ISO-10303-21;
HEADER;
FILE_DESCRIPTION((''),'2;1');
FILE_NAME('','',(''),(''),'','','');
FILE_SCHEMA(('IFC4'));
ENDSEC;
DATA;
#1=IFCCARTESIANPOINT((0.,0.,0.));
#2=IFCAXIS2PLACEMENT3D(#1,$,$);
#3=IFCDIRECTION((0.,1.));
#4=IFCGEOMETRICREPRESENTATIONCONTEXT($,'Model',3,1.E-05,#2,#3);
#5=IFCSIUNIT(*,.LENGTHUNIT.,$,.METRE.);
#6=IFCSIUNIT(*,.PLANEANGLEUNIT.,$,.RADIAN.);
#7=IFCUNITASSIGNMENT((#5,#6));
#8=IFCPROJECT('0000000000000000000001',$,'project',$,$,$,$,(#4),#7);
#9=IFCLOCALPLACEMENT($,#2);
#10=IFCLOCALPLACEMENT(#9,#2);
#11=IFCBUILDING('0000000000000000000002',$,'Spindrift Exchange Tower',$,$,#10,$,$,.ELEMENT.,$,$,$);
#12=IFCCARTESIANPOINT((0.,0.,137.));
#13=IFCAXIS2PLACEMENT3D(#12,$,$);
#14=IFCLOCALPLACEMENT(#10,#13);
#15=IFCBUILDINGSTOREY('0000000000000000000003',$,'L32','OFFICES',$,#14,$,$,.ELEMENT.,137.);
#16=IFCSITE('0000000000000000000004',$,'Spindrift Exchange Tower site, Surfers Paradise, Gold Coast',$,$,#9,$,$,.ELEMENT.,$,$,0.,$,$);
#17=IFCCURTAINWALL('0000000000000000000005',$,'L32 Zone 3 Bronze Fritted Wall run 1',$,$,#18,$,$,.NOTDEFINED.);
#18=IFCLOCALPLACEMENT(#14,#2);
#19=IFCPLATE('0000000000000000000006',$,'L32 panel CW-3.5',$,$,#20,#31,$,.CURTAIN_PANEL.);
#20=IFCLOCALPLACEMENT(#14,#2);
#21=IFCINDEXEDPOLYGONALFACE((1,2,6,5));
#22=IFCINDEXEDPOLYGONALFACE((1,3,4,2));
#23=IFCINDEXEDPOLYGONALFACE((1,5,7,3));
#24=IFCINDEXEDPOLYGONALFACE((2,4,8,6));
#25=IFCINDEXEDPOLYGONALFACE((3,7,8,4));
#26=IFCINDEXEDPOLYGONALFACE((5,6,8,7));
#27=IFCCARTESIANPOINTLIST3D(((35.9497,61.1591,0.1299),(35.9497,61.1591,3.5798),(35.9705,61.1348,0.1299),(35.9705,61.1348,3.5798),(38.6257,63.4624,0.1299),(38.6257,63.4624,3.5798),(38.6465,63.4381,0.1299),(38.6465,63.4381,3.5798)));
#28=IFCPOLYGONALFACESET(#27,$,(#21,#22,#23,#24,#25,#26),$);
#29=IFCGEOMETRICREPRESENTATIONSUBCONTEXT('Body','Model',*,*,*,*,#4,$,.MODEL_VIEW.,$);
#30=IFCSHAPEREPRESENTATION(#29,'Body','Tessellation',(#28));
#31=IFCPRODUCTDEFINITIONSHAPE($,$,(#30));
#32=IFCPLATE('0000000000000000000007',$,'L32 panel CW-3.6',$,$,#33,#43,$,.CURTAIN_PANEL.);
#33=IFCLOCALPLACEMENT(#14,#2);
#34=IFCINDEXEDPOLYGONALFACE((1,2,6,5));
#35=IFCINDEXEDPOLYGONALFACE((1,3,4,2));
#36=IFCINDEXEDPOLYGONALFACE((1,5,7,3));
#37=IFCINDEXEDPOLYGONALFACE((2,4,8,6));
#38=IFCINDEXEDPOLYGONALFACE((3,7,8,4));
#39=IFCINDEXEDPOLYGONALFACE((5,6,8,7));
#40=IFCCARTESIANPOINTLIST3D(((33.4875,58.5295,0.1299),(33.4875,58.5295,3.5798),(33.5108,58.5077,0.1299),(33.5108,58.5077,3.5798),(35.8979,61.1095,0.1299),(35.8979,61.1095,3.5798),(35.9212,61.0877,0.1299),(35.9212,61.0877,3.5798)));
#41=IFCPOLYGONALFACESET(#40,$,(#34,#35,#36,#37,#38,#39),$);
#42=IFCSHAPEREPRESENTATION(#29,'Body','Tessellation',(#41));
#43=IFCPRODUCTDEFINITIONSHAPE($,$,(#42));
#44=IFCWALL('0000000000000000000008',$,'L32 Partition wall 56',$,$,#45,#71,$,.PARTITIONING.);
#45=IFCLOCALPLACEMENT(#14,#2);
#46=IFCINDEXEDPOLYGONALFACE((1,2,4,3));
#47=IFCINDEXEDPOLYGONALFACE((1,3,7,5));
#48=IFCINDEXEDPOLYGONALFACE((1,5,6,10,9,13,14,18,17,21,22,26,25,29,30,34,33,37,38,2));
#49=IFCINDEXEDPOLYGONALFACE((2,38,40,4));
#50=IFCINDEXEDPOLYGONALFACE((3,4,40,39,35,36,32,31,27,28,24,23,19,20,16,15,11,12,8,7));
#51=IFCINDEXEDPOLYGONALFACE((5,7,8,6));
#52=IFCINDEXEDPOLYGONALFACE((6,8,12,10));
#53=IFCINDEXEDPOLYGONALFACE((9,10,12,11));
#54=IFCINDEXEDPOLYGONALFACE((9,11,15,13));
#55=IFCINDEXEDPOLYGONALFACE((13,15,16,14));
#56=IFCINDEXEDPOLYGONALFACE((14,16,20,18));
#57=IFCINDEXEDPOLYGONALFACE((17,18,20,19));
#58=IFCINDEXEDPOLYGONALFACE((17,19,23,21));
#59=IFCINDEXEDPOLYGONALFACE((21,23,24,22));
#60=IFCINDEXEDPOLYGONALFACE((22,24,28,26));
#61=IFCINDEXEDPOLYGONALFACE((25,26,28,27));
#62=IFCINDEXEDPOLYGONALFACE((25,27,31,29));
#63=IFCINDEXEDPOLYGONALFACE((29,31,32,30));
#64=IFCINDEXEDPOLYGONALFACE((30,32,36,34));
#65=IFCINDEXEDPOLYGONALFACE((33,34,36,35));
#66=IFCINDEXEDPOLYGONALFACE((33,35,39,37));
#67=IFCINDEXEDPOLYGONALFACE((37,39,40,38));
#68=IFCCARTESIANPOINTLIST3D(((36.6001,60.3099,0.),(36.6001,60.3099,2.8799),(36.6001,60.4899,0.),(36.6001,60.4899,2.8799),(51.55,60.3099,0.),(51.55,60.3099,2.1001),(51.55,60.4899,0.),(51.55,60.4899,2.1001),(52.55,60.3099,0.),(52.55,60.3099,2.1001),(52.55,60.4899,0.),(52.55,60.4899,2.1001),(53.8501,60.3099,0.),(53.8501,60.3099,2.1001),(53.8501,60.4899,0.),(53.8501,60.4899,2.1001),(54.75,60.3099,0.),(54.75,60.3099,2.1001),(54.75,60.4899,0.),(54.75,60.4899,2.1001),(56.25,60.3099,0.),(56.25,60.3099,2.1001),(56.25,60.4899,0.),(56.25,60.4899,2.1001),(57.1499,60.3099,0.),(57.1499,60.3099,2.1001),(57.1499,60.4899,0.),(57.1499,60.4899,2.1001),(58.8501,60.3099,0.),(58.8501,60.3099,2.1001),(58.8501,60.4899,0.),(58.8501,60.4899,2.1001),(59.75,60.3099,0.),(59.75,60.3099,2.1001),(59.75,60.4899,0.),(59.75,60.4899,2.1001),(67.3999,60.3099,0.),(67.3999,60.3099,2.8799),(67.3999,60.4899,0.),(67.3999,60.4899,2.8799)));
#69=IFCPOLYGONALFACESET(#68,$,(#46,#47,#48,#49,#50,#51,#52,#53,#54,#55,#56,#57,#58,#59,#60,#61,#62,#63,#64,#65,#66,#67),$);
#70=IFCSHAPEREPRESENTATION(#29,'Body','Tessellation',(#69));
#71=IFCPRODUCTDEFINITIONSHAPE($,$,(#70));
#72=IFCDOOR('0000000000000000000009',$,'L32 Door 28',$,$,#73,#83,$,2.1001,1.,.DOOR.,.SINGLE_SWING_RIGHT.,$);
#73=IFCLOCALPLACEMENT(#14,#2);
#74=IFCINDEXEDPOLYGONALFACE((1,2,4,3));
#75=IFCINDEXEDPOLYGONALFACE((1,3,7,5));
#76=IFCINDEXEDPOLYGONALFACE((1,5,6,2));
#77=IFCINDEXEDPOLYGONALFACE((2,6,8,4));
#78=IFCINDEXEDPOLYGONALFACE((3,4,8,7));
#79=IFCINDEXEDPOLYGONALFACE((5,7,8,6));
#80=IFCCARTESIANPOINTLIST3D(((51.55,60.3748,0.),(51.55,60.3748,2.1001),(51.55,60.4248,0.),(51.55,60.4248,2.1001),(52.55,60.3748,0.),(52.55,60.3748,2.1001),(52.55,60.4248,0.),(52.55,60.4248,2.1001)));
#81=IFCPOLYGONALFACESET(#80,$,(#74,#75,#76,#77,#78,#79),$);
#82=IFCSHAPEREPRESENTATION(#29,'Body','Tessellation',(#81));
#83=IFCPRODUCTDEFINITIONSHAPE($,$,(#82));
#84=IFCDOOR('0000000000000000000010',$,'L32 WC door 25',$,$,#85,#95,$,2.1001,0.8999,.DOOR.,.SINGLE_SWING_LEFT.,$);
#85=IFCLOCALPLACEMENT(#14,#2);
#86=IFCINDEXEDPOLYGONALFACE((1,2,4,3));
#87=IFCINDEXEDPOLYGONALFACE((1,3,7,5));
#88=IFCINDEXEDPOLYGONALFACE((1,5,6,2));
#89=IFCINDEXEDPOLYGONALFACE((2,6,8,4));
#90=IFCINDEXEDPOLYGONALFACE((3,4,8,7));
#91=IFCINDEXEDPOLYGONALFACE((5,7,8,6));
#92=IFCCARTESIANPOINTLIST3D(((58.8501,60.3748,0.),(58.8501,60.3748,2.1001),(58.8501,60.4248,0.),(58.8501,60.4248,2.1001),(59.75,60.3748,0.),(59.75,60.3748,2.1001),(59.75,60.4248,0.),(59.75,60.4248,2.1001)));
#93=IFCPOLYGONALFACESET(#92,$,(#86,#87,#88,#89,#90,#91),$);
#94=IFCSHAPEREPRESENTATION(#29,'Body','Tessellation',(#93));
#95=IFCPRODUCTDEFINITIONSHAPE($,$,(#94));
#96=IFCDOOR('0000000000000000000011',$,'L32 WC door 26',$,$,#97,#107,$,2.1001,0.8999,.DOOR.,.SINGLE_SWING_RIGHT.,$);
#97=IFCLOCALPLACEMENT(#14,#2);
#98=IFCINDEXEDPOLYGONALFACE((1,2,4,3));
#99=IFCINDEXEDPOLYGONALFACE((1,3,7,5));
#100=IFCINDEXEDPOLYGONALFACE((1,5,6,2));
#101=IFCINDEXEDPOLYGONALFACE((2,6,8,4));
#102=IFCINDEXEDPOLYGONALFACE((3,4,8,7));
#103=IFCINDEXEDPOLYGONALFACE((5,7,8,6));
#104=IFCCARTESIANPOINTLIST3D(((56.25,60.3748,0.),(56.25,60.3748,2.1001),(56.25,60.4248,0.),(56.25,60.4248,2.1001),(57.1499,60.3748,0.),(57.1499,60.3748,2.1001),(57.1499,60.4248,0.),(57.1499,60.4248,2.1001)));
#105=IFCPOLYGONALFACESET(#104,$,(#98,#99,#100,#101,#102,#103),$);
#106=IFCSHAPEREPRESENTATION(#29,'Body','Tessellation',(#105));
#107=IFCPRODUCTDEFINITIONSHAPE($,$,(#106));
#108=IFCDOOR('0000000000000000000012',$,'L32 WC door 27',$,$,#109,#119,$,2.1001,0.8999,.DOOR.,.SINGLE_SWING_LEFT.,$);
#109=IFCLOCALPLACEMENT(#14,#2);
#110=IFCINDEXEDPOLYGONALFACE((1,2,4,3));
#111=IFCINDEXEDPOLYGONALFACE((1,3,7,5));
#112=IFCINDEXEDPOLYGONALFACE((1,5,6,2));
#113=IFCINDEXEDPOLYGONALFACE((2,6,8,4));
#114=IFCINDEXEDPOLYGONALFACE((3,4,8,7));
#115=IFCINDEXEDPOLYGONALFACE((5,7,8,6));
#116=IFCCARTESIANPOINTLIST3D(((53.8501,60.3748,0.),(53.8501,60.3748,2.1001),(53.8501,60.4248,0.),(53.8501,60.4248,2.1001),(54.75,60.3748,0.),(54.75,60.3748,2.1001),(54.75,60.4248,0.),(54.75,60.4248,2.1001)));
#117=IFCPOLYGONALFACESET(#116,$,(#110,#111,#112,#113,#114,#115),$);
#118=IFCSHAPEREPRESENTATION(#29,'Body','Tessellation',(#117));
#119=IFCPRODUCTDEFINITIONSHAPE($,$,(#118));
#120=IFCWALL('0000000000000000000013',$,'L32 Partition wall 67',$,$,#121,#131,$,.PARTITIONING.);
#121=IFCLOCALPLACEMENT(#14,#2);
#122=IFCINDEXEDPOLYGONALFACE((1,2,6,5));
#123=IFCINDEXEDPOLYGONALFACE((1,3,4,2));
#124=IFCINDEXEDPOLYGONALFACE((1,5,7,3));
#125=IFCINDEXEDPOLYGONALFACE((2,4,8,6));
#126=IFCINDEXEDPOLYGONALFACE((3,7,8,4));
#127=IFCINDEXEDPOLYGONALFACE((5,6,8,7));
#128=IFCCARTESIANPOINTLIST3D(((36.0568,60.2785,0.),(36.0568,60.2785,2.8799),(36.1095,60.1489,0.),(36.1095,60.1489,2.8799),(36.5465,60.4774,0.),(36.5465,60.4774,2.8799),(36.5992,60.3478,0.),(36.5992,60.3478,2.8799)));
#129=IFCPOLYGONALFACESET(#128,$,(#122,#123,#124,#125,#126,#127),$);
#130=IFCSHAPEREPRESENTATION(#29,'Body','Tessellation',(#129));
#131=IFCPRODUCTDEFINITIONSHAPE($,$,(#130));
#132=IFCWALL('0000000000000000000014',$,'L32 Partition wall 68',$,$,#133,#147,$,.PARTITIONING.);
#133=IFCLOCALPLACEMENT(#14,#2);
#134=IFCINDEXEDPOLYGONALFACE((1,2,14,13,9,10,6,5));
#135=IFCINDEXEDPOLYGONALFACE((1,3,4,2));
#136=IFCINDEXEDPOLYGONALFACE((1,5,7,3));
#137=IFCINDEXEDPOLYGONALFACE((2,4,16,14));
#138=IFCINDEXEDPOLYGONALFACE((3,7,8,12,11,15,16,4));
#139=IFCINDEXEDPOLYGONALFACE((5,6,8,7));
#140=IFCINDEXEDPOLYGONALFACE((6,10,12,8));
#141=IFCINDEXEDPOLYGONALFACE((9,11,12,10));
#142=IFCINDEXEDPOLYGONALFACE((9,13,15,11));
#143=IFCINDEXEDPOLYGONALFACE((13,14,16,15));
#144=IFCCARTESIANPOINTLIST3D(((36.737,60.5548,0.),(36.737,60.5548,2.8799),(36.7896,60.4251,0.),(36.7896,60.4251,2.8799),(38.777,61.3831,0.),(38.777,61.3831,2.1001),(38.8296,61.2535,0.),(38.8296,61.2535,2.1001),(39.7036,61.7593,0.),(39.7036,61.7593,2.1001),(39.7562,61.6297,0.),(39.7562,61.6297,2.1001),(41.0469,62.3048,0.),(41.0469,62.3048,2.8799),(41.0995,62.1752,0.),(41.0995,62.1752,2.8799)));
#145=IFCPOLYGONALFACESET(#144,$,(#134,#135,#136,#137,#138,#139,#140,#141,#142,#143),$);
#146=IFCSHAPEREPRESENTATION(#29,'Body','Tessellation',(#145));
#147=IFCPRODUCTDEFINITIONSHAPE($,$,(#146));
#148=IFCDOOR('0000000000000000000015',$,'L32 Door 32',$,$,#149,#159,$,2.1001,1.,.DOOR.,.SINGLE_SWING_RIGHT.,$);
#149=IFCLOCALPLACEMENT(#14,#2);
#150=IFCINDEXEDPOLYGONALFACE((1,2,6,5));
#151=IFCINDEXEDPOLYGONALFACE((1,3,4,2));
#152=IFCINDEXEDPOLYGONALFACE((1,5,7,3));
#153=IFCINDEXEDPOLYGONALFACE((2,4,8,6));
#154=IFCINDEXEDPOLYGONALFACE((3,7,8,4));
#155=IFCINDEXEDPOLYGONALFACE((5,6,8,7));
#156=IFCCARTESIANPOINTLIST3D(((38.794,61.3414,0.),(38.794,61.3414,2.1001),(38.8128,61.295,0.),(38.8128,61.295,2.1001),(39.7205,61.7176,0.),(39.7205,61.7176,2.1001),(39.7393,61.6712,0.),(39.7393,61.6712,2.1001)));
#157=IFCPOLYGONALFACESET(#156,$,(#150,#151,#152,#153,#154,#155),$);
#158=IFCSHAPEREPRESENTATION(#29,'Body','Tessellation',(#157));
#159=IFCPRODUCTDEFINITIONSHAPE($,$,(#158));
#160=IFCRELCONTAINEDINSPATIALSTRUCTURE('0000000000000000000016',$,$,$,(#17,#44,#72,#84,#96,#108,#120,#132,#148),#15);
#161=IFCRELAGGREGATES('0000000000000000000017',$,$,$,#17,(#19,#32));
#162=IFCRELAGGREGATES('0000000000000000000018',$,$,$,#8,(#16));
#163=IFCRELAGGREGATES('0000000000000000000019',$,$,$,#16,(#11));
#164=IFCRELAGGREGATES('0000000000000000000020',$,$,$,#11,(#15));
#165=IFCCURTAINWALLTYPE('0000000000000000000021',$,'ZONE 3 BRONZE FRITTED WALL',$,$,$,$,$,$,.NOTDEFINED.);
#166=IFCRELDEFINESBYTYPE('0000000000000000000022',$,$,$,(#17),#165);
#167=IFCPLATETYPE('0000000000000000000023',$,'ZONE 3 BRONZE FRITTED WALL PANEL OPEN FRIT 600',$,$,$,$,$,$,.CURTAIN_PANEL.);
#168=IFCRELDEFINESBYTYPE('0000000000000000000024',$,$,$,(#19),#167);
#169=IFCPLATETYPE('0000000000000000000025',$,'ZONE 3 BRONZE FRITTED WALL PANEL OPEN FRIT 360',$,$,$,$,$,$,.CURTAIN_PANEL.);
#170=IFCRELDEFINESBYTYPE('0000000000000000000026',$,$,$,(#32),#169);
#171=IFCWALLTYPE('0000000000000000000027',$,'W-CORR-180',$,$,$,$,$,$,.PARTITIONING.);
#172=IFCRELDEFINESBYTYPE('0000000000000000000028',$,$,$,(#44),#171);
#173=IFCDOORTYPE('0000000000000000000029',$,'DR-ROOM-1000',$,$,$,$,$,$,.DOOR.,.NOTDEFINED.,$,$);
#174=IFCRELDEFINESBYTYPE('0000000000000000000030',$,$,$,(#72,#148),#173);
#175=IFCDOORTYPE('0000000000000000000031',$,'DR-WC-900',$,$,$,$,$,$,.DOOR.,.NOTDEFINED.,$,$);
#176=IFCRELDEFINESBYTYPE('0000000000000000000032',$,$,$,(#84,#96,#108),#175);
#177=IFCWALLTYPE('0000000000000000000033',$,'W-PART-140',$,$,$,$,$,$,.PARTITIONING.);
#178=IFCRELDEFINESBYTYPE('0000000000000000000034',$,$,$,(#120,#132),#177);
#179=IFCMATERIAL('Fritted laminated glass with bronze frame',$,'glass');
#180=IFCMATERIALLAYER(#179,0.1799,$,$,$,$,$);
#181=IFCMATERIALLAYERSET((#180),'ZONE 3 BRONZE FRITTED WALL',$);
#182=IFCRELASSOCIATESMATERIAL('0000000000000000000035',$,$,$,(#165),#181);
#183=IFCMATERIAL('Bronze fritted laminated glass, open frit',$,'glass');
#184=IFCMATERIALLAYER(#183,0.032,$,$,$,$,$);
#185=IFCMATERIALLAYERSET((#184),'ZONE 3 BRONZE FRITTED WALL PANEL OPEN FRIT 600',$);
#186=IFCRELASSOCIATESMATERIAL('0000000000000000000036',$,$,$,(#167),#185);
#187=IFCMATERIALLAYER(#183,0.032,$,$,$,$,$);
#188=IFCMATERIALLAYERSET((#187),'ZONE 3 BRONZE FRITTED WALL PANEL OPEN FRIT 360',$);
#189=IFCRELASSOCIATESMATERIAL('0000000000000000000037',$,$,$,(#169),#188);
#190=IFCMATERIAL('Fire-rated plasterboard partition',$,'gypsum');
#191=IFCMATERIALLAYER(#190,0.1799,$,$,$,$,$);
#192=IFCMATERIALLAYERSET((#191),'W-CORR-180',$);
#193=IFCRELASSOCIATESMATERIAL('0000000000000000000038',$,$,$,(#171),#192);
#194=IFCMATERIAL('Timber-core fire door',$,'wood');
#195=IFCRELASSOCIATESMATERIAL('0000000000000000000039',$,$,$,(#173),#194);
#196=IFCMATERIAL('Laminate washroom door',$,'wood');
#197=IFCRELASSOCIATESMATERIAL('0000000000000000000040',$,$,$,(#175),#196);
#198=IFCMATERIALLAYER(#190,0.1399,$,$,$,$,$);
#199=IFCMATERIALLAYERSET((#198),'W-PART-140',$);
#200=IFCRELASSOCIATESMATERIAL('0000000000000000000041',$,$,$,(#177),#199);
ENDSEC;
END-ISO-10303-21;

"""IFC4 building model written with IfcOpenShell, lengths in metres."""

from ifc_helpers import new_model, si_unit, direction, frame, frame_2d, origin, origin_2d, place, context, subcontext, project, spatial, rectangle, extrude, source, transform, mapped, material, layer, layer_set, type_object, element, fill, aggregate, save


model = new_model("IFC4")

# Units and contexts
model_context = context("Model", 3, precision=1e-05, world=origin(), true_north=direction((0.0, 1.0)))
body_context = subcontext(model_context, "Body", "Model", "MODEL_VIEW")
ifc_project = project(units=[si_unit("LENGTHUNIT", "METRE"), si_unit("PLANEANGLEUNIT", "RADIAN")], contexts=[model_context])

# Site, building, storey
site_placement = place(None, origin())
site = spatial("IfcSite", under=ifc_project, at=site_placement, Name="Spindrift Exchange Tower site, Surfers Paradise, Gold Coast", CompositionType="ELEMENT", RefElevation=0.0)
building_placement = place(site_placement, origin())
building = spatial("IfcBuilding", under=site, at=building_placement, Name="Spindrift Exchange Tower", CompositionType="ELEMENT")
storey_placement = place(building_placement, frame((0.0, 0.0, 137.0)))
storey = spatial("IfcBuildingStorey", under=building, at=storey_placement, Name="L32", Description="OFFICES", CompositionType="ELEMENT", Elevation=137.0)

# Curtain wall
ifc_material_1 = material(Name="Fritted laminated glass with bronze frame", Category="glass")
ifc_layer_1 = layer(ifc_material_1, 0.1799)
ifc_layer_set_1 = layer_set([ifc_layer_1], Name="ZONE 3 BRONZE FRITTED WALL")
curtain_wall_type = type_object("IfcCurtainWallType", Name="ZONE 3 BRONZE FRITTED WALL", PredefinedType="NOTDEFINED", material=ifc_layer_set_1)
curtain_wall_1_placement = place(storey_placement, origin())
curtain_wall_1 = element("IfcCurtainWall", 1, at=curtain_wall_1_placement, inside=storey, type_object=curtain_wall_type, Name="L32 Zone 3 Bronze Fritted Wall run 1", PredefinedType="NOTDEFINED")

# Plates
ifc_material_2 = material(Name="Bronze fritted laminated glass, open frit", Category="glass")
ifc_layer_2 = layer(ifc_material_2, 0.032)
ifc_layer_set_2 = layer_set([ifc_layer_2], Name="ZONE 3 BRONZE FRITTED WALL PANEL OPEN FRIT 600")
plate_type_1 = type_object("IfcPlateType", Name="ZONE 3 BRONZE FRITTED WALL PANEL OPEN FRIT 600", PredefinedType="CURTAIN_PANEL", material=ifc_layer_set_2)
shared_shape_1 = source(origin(), body_context, "Body", "SweptSolid", [
    extrude(rectangle(XDim=3.5308, YDim=0.032, at=origin_2d()), origin(), (0.0, 0.0, 1.0), 3.45),
])
plate_1_placement = place(storey_placement, frame((37.2981, 62.2986, 0.1299), z_axis=(0.0, 0.0, 1.0), x_axis=(-0.757915, -0.652354, 0.0)))
plate_1 = element("IfcPlate", 2, at=plate_1_placement, type_object=plate_type_1, Name="L32 panel CW-3.5", PredefinedType="CURTAIN_PANEL", context=body_context, shape_type="MappedRepresentation", body=[
    mapped(shared_shape_1, transform((0.0, 0.0, 0.0), scale=1.0)),
])
ifc_layer_3 = layer(ifc_material_2, 0.032)
ifc_layer_set_3 = layer_set([ifc_layer_3], Name="ZONE 3 BRONZE FRITTED WALL PANEL OPEN FRIT 360")
plate_type_2 = type_object("IfcPlateType", Name="ZONE 3 BRONZE FRITTED WALL PANEL OPEN FRIT 360", PredefinedType="CURTAIN_PANEL", material=ifc_layer_set_3)
shared_shape_2 = source(origin(), body_context, "Body", "SweptSolid", [
    extrude(rectangle(XDim=3.5308, YDim=0.032, at=origin_2d()), origin(), (0.0, 0.0, 1.0), 3.45),
])
plate_2_placement = place(storey_placement, frame((34.7043, 59.8086, 0.1299), z_axis=(0.0, 0.0, 1.0), x_axis=(-0.68269, -0.730708, 0.0)))
plate_2 = element("IfcPlate", 3, at=plate_2_placement, type_object=plate_type_2, Name="L32 panel CW-3.6", PredefinedType="CURTAIN_PANEL", context=body_context, shape_type="MappedRepresentation", body=[
    mapped(shared_shape_2, transform((0.0, 0.0, 0.0), scale=1.0)),
])
aggregate(curtain_wall_1, [plate_1, plate_2])

# Wall, openings, doors
ifc_material_3 = material(Name="Fire-rated plasterboard partition", Category="gypsum")
ifc_layer_4 = layer(ifc_material_3, 0.1799)
ifc_layer_set_4 = layer_set([ifc_layer_4], Name="W-CORR-180")
wall_type_1 = type_object("IfcWallType", Name="W-CORR-180", PredefinedType="PARTITIONING", material=ifc_layer_set_4)
wall_1_placement = place(storey_placement, frame((36.6001, 60.3999, 0.0), z_axis=(0.0, 0.0, 1.0), x_axis=(1.0, 0.0, 0.0)))
wall_1 = element("IfcWall", 4, at=wall_1_placement, inside=storey, type_object=wall_type_1, Name="L32 Partition wall 56", PredefinedType="PARTITIONING", context=body_context, shape_type="SweptSolid", body=[
    extrude(rectangle(XDim=30.7998, YDim=0.1799, at=frame_2d((15.3999, 0.0))), origin(), (0.0, 0.0, 1.0), 2.8799),
])
opening_1_placement = place(wall_1_placement, frame((22.25, 0.0, 0.0)))
opening_1 = element("IfcOpeningElement", 5, at=opening_1_placement, cuts=wall_1, PredefinedType="OPENING", context=body_context, shape_type="SweptSolid", body=[
    extrude(rectangle(XDim=0.8999, YDim=2.1001, at=frame_2d((0.45, 1.05))), frame((0.0, 0.0999, 0.0), z_axis=(0.0, -1.0, 0.0), x_axis=(1.0, 0.0, 0.0)), (0.0, 0.0, 1.0), 0.2),
])
opening_2_placement = place(wall_1_placement, frame((19.6499, 0.0, 0.0)))
opening_2 = element("IfcOpeningElement", 6, at=opening_2_placement, cuts=wall_1, PredefinedType="OPENING", context=body_context, shape_type="SweptSolid", body=[
    extrude(rectangle(XDim=0.8999, YDim=2.1001, at=frame_2d((0.45, 1.05))), frame((0.0, 0.0999, 0.0), z_axis=(0.0, -1.0, 0.0), x_axis=(1.0, 0.0, 0.0)), (0.0, 0.0, 1.0), 0.2),
])
opening_3_placement = place(wall_1_placement, frame((17.25, 0.0, 0.0)))
opening_3 = element("IfcOpeningElement", 7, at=opening_3_placement, cuts=wall_1, PredefinedType="OPENING", context=body_context, shape_type="SweptSolid", body=[
    extrude(rectangle(XDim=0.8999, YDim=2.1001, at=frame_2d((0.45, 1.05))), frame((0.0, 0.0999, 0.0), z_axis=(0.0, -1.0, 0.0), x_axis=(1.0, 0.0, 0.0)), (0.0, 0.0, 1.0), 0.2),
])
opening_4_placement = place(wall_1_placement, frame((14.95, 0.0, 0.0)))
opening_4 = element("IfcOpeningElement", 8, at=opening_4_placement, cuts=wall_1, PredefinedType="OPENING", context=body_context, shape_type="SweptSolid", body=[
    extrude(rectangle(XDim=1.0, YDim=2.1001, at=frame_2d((0.5, 1.05))), frame((0.0, 0.0999, 0.0), z_axis=(0.0, -1.0, 0.0), x_axis=(1.0, 0.0, 0.0)), (0.0, 0.0, 1.0), 0.2),
])
ifc_material_4 = material(Name="Timber-core fire door", Category="wood")
door_type_1 = type_object("IfcDoorType", Name="DR-ROOM-1000", OperationType="NOTDEFINED", PredefinedType="DOOR", material=ifc_material_4)
shared_shape_3 = source(origin(), body_context, "Body", "SweptSolid", [
    extrude(rectangle(XDim=1.0, YDim=2.1001, at=frame_2d((0.5, 1.05))), frame((0.0, 0.0249, 0.0), z_axis=(0.0, -1.0, 0.0), x_axis=(1.0, 0.0, 0.0)), (0.0, 0.0, 1.0), 0.05),
])
door_1_placement = place(opening_4_placement, origin())
door_1 = element("IfcDoor", 9, at=door_1_placement, inside=storey, type_object=door_type_1, Name="L32 Door 28", OperationType="SINGLE_SWING_RIGHT", OverallHeight=2.1001, OverallWidth=1.0, PredefinedType="DOOR", context=body_context, shape_type="MappedRepresentation", body=[
    mapped(shared_shape_3, transform((0.0, 0.0, 0.0), scale=1.0)),
])
fill(opening_4, door_1)
ifc_material_5 = material(Name="Laminate washroom door", Category="wood")
door_type_2 = type_object("IfcDoorType", Name="DR-WC-900", OperationType="NOTDEFINED", PredefinedType="DOOR", material=ifc_material_5)
shared_shape_4 = source(origin(), body_context, "Body", "SweptSolid", [
    extrude(rectangle(XDim=0.8999, YDim=2.1001, at=frame_2d((0.45, 1.05))), frame((0.0, 0.0249, 0.0), z_axis=(0.0, -1.0, 0.0), x_axis=(1.0, 0.0, 0.0)), (0.0, 0.0, 1.0), 0.05),
])
door_2_placement = place(opening_1_placement, origin())
door_2 = element("IfcDoor", 10, at=door_2_placement, inside=storey, type_object=door_type_2, Name="L32 WC door 25", OperationType="SINGLE_SWING_LEFT", OverallHeight=2.1001, OverallWidth=0.8999, PredefinedType="DOOR", context=body_context, shape_type="MappedRepresentation", body=[
    mapped(shared_shape_4, transform((0.0, 0.0, 0.0), scale=1.0)),
])
fill(opening_1, door_2)
door_3_placement = place(opening_2_placement, origin())
door_3 = element("IfcDoor", 11, at=door_3_placement, inside=storey, type_object=door_type_2, Name="L32 WC door 26", OperationType="SINGLE_SWING_RIGHT", OverallHeight=2.1001, OverallWidth=0.8999, PredefinedType="DOOR", context=body_context, shape_type="MappedRepresentation", body=[
    mapped(shared_shape_4, transform((0.0, 0.0, 0.0), scale=1.0)),
])
fill(opening_2, door_3)
door_4_placement = place(opening_3_placement, origin())
door_4 = element("IfcDoor", 12, at=door_4_placement, inside=storey, type_object=door_type_2, Name="L32 WC door 27", OperationType="SINGLE_SWING_LEFT", OverallHeight=2.1001, OverallWidth=0.8999, PredefinedType="DOOR", context=body_context, shape_type="MappedRepresentation", body=[
    mapped(shared_shape_4, transform((0.0, 0.0, 0.0), scale=1.0)),
])
fill(opening_3, door_4)

# Wall
ifc_layer_5 = layer(ifc_material_3, 0.1399)
ifc_layer_set_5 = layer_set([ifc_layer_5], Name="W-PART-140")
wall_type_2 = type_object("IfcWallType", Name="W-PART-140", PredefinedType="PARTITIONING", material=ifc_layer_set_5)
wall_2_placement = place(storey_placement, frame((36.5728, 60.4126, 0.0), z_axis=(0.0, 0.0, 1.0), x_axis=(-0.926457, -0.376402, 0.0)))
element("IfcWall", 13, at=wall_2_placement, inside=storey, type_object=wall_type_2, Name="L32 Partition wall 67", PredefinedType="PARTITIONING", context=body_context, shape_type="SweptSolid", body=[
    extrude(rectangle(XDim=0.5286, YDim=0.1399, at=frame_2d((0.2642, 0.0))), origin(), (0.0, 0.0, 1.0), 2.8799),
])

# Wall, opening, door
wall_3_placement = place(storey_placement, frame((36.7634, 60.49, 0.0), z_axis=(0.0, 0.0, 1.0), x_axis=(0.926531, 0.376218, 0.0)))
wall_3 = element("IfcWall", 14, at=wall_3_placement, inside=storey, type_object=wall_type_2, Name="L32 Partition wall 68", PredefinedType="PARTITIONING", context=body_context, shape_type="SweptSolid", body=[
    extrude(rectangle(XDim=4.6516, YDim=0.1399, at=frame_2d((2.3257, 0.0))), origin(), (0.0, 0.0, 1.0), 2.8799),
])
opening_5_placement = place(wall_3_placement, frame((2.2017, 0.0, 0.0)))
opening_5 = element("IfcOpeningElement", 15, at=opening_5_placement, cuts=wall_3, PredefinedType="OPENING", context=body_context, shape_type="SweptSolid", body=[
    extrude(rectangle(XDim=1.0, YDim=2.1001, at=frame_2d((0.5, 1.05))), frame((0.0, 0.0798, 0.0), z_axis=(0.0, -1.0, 0.0), x_axis=(1.0, 0.0, 0.0)), (0.0, 0.0, 1.0), 0.1599),
])
door_5_placement = place(opening_5_placement, origin())
door_5 = element("IfcDoor", 16, at=door_5_placement, inside=storey, type_object=door_type_1, Name="L32 Door 32", OperationType="SINGLE_SWING_RIGHT", OverallHeight=2.1001, OverallWidth=1.0, PredefinedType="DOOR", context=body_context, shape_type="MappedRepresentation", body=[
    mapped(shared_shape_3, transform((0.0, 0.0, 0.0), scale=1.0)),
])
fill(opening_5, door_5)

save(model, "model.ifc")
